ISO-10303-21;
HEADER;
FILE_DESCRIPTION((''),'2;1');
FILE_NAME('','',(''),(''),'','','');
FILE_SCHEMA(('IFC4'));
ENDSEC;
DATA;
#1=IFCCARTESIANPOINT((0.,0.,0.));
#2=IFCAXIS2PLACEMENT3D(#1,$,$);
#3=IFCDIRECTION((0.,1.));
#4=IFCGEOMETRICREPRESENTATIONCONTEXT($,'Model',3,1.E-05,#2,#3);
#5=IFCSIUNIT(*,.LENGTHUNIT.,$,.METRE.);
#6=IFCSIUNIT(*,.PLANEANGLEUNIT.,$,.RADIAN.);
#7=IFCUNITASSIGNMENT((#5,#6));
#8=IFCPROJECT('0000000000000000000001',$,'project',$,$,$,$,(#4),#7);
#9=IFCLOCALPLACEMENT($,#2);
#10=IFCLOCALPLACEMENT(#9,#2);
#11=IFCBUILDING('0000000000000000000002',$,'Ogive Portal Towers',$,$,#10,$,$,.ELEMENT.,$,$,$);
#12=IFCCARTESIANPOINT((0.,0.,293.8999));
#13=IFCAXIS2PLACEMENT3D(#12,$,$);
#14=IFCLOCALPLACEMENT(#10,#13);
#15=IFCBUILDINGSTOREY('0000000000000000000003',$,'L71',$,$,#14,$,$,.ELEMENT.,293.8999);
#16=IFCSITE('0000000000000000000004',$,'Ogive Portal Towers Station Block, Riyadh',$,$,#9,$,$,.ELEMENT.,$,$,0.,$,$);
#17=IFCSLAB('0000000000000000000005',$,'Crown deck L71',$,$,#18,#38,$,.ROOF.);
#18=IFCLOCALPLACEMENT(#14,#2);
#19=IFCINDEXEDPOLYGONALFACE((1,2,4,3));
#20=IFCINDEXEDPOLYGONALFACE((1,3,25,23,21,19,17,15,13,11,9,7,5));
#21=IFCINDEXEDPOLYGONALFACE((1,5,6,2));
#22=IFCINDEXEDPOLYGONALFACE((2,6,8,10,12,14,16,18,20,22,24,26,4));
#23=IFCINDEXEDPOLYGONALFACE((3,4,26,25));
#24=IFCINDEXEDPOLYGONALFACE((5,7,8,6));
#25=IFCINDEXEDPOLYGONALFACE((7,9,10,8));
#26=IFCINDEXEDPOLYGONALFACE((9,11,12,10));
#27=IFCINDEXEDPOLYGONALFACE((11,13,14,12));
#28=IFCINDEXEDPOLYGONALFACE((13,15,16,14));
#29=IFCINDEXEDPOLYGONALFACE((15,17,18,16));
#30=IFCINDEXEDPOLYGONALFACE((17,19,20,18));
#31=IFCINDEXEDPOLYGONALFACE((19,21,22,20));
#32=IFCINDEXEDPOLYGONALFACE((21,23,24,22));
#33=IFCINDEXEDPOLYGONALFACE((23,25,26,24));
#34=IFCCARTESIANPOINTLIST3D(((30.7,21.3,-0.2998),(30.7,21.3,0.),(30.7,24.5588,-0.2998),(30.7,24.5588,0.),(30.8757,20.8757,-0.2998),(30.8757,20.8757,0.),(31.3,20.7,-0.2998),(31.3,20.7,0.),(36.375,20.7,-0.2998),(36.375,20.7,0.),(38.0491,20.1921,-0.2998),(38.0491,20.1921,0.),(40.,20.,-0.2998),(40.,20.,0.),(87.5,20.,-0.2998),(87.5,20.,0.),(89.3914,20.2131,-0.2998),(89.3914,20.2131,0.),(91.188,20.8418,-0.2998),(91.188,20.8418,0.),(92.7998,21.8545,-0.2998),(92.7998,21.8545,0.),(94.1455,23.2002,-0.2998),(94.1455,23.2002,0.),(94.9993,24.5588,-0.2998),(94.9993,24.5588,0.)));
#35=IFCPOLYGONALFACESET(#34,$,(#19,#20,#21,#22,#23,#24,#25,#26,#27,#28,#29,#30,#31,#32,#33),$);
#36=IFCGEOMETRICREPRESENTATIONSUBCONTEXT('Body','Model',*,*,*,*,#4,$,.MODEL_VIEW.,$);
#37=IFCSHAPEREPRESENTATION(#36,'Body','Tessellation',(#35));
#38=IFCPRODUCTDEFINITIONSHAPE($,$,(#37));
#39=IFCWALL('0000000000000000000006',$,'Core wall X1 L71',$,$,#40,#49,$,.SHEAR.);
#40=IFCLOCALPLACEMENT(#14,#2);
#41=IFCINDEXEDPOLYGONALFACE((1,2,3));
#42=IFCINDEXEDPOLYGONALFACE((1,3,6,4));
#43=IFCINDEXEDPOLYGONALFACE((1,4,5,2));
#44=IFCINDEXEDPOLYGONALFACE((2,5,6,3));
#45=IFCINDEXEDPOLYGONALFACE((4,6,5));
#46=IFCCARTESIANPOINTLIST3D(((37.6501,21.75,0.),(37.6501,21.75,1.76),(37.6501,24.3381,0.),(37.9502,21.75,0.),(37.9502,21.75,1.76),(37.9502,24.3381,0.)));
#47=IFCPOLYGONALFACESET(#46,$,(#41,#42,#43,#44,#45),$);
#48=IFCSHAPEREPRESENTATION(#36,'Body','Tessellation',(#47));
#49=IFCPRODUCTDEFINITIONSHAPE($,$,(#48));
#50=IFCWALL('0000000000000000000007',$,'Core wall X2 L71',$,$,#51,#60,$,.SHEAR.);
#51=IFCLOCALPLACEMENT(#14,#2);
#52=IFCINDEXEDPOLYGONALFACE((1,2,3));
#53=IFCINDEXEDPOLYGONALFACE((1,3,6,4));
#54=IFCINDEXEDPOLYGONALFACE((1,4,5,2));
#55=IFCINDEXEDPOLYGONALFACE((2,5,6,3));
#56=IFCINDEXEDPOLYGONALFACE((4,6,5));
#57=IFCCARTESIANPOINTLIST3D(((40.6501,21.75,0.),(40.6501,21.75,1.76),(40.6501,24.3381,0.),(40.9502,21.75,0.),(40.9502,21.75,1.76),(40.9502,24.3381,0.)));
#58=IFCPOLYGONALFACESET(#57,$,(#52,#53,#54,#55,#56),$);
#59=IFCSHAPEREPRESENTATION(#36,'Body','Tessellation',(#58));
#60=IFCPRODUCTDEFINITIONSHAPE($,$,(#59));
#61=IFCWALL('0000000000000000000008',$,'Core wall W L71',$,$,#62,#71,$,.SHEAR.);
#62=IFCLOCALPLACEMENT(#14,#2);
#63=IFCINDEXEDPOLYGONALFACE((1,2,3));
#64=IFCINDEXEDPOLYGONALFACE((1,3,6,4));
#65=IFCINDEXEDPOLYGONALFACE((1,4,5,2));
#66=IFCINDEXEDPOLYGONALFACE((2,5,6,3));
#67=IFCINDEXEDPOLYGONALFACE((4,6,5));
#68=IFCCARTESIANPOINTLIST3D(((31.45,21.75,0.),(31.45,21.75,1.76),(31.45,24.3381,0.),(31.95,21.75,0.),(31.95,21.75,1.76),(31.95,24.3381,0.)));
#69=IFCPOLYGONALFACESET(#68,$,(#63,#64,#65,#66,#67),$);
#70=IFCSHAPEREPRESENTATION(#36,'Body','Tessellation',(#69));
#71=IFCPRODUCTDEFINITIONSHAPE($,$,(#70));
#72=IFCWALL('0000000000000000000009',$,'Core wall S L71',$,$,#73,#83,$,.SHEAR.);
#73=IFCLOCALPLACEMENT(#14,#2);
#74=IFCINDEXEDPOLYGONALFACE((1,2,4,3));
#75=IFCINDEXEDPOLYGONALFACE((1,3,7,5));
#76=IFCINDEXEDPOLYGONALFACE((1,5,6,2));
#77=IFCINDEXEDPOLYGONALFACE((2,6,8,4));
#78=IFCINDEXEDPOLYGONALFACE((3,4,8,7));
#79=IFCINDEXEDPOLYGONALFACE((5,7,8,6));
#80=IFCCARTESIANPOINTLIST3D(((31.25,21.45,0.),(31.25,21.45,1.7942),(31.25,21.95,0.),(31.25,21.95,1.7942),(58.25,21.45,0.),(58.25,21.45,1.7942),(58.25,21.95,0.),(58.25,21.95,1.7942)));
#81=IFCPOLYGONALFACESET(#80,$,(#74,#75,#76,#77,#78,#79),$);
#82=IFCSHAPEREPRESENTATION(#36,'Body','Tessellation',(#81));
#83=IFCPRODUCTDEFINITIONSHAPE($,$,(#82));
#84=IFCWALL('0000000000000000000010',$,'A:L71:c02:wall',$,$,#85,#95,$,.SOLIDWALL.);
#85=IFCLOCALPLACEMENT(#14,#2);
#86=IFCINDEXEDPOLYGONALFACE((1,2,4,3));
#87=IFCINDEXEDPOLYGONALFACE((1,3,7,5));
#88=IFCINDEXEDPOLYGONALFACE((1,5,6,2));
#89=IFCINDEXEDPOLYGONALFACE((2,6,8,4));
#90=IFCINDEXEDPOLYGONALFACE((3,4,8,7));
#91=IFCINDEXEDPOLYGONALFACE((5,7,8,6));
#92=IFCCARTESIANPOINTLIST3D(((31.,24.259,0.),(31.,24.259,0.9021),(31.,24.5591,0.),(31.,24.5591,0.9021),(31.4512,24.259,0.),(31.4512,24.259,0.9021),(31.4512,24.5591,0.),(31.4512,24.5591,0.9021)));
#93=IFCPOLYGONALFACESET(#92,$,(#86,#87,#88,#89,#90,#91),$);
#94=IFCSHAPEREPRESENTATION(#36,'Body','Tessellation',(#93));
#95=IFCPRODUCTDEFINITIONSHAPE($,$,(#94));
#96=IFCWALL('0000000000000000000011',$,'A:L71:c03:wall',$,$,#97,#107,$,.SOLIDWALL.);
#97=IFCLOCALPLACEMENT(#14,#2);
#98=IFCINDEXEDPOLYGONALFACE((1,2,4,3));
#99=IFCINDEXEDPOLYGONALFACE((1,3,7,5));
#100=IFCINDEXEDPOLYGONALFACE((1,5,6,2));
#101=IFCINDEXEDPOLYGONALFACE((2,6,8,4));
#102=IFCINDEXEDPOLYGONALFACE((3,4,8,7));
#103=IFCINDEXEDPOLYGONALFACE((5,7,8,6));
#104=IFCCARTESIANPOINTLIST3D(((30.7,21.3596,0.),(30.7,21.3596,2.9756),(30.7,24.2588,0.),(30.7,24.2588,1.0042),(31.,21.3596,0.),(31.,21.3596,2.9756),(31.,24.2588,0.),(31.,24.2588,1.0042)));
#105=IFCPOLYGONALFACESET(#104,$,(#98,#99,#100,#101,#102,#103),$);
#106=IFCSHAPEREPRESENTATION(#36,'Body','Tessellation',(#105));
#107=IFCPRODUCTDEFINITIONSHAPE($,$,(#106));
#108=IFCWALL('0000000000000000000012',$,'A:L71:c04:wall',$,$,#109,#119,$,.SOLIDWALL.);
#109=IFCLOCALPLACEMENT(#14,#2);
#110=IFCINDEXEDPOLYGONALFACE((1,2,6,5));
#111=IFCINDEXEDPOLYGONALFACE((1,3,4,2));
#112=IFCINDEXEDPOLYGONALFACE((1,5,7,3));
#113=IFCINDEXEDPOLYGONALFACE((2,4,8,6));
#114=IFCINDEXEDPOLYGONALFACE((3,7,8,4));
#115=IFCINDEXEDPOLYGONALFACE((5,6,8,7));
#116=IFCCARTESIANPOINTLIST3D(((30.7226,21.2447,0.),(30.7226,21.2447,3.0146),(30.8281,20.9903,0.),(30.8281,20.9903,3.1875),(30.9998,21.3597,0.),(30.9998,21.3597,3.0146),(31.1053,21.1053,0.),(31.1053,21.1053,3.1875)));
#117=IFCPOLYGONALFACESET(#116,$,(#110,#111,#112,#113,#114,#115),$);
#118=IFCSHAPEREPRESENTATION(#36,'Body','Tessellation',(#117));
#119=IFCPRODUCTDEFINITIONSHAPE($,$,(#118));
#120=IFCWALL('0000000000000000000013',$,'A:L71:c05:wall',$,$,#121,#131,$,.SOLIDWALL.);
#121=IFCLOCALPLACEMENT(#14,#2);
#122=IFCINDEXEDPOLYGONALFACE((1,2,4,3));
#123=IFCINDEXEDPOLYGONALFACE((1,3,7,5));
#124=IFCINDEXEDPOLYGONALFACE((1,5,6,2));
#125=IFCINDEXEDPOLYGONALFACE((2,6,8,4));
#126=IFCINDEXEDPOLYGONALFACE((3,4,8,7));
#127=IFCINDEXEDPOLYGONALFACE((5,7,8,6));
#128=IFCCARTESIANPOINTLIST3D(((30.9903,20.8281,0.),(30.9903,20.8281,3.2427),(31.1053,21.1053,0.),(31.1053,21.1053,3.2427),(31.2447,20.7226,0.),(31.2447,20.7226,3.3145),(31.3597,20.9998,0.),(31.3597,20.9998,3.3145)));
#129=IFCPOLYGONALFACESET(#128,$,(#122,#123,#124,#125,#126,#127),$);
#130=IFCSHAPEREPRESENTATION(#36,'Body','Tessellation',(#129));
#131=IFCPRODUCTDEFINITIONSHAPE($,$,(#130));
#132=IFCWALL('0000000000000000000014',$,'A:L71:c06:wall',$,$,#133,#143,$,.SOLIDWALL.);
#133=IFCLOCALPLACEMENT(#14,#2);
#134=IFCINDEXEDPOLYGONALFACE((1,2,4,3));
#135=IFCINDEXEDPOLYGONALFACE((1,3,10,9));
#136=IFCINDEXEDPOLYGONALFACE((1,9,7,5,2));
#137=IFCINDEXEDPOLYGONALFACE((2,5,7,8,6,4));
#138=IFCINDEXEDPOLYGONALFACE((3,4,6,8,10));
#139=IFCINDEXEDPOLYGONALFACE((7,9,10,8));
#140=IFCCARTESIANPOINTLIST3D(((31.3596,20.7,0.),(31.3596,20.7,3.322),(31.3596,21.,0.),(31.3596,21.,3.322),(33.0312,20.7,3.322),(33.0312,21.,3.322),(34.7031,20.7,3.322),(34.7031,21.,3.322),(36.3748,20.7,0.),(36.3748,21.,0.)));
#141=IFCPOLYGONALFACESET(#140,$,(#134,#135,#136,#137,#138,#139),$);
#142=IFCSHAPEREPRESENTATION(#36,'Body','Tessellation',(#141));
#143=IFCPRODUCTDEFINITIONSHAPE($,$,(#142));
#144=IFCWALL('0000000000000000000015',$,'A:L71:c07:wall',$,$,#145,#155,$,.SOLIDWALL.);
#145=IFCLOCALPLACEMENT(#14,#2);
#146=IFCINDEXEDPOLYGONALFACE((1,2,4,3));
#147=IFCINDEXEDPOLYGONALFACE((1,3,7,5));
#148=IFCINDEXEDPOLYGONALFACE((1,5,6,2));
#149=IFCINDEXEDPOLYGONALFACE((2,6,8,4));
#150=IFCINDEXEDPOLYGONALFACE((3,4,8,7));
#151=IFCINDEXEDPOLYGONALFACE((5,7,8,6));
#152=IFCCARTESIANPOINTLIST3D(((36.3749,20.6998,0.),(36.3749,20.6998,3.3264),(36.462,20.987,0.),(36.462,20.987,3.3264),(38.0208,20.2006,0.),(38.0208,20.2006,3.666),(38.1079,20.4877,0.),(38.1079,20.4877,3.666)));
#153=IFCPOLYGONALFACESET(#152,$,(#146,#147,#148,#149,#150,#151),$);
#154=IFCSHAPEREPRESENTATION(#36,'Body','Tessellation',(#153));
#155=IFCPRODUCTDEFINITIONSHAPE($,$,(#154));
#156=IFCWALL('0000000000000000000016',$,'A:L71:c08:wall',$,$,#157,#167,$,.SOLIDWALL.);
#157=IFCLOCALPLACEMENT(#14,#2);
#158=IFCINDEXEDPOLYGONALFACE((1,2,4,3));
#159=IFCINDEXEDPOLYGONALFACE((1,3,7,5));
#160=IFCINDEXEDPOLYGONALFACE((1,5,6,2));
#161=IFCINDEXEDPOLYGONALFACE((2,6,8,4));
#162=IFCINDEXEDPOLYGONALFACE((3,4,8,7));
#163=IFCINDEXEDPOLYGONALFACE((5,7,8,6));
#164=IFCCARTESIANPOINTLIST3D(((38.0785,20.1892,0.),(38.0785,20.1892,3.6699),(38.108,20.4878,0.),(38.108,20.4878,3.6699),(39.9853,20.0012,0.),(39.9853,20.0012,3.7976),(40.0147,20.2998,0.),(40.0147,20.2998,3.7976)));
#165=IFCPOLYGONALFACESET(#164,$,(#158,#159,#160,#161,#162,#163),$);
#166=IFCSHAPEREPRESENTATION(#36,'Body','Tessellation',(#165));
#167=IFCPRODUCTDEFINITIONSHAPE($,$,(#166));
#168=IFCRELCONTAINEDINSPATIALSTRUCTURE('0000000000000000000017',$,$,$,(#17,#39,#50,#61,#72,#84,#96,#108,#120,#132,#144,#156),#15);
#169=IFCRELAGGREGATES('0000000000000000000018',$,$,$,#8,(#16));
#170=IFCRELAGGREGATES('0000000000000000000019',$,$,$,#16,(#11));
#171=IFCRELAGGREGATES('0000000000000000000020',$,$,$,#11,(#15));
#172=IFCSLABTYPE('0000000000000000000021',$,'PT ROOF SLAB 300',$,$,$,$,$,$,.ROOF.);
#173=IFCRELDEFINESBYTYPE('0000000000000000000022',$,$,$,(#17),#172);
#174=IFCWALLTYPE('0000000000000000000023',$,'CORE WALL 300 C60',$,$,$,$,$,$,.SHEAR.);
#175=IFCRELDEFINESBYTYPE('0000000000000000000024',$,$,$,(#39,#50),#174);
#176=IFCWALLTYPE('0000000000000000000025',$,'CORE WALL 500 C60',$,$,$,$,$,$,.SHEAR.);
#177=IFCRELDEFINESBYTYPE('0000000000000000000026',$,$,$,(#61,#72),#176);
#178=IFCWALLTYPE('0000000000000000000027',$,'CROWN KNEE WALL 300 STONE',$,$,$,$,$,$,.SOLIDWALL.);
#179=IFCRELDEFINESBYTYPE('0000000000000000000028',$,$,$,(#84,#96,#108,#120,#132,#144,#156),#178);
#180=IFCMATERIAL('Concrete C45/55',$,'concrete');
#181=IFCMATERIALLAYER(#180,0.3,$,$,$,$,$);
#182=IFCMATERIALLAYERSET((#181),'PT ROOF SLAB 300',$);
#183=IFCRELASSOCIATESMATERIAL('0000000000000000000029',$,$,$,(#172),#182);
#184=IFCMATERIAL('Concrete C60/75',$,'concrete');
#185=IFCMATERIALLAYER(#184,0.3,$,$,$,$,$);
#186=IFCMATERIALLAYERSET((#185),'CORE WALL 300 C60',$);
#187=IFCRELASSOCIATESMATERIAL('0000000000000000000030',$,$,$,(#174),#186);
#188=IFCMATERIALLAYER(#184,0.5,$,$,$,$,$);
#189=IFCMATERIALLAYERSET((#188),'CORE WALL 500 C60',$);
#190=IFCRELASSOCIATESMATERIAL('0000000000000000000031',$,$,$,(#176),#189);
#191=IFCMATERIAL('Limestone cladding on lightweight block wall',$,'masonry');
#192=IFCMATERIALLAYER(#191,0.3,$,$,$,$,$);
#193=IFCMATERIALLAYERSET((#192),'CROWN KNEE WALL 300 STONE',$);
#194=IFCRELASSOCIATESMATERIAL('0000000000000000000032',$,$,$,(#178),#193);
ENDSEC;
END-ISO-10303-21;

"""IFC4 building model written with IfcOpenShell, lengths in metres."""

from ifc_helpers import new_model, si_unit, direction, frame, frame_2d, origin, place, context, subcontext, project, spatial, polyline, rectangle, outline, extrude, material, layer, layer_set, type_object, element, save


model = new_model("IFC4")

# Units and contexts
model_context = context("Model", 3, precision=1e-05, world=origin(), true_north=direction((0.0, 1.0)))
body_context = subcontext(model_context, "Body", "Model", "MODEL_VIEW")
ifc_project = project(units=[si_unit("LENGTHUNIT", "METRE"), si_unit("PLANEANGLEUNIT", "RADIAN")], contexts=[model_context])

# Site, building, storey
site_placement = place(None, origin())
site = spatial("IfcSite", under=ifc_project, at=site_placement, Name="Ogive Portal Towers Station Block, Riyadh", CompositionType="ELEMENT", RefElevation=0.0)
building_placement = place(site_placement, origin())
building = spatial("IfcBuilding", under=site, at=building_placement, Name="Ogive Portal Towers", CompositionType="ELEMENT")
storey_placement = place(building_placement, frame((0.0, 0.0, 293.8999)))
storey = spatial("IfcBuildingStorey", under=building, at=storey_placement, Name="L71", CompositionType="ELEMENT", Elevation=293.8999)

# Slab
ifc_material_1 = material(Name="Concrete C45/55", Category="concrete")
ifc_layer_1 = layer(ifc_material_1, 0.3)
ifc_layer_set_1 = layer_set([ifc_layer_1], Name="PT ROOF SLAB 300")
slab_type = type_object("IfcSlabType", Name="PT ROOF SLAB 300", PredefinedType="ROOF", material=ifc_layer_set_1)
slab_placement = place(storey_placement, frame((0.0, 0.0, -0.2998)))
element("IfcSlab", 1, at=slab_placement, inside=storey, type_object=slab_type, Name="Crown deck L71", PredefinedType="ROOF", context=body_context, shape_type="SweptSolid", body=[
    extrude(outline(polyline([(92.7998, 21.8545), (94.1455, 23.2002), (94.9993, 24.5588), (30.7, 24.5588), (30.7, 21.3), (30.8757, 20.8757), (31.3, 20.7), (36.375, 20.7), (38.0491, 20.1921), (40.0, 20.0), (87.5, 20.0), (89.3914, 20.2131), (91.188, 20.8418), (92.7998, 21.8545)])), origin(), (0.0, 0.0, 1.0), 0.2998),
])

# Walls
ifc_material_2 = material(Name="Concrete C60/75", Category="concrete")
ifc_layer_2 = layer(ifc_material_2, 0.3)
ifc_layer_set_2 = layer_set([ifc_layer_2], Name="CORE WALL 300 C60")
wall_type_1 = type_object("IfcWallType", Name="CORE WALL 300 C60", PredefinedType="SHEAR", material=ifc_layer_set_2)
for number, where, z_axis, x_axis, name in (
    (2, (37.8, 21.75, 0.0), (0.0, 0.0, 1.0), (0.0, 1.0, 0.0), "Core wall X1 L71"),
    (3, (40.8, 21.75, 0.0), (0.0, 0.0, 1.0), (0.0, 1.0, 0.0), "Core wall X2 L71"),
):
    element("IfcWall", number, at=place(storey_placement, frame(where, z_axis=z_axis, x_axis=x_axis)), inside=storey, type_object=wall_type_1, Name=name, PredefinedType="SHEAR", context=body_context, shape_type="SweptSolid", body=[
        extrude(outline(polyline([(0.0, 0.0), (8.75, 0.0), (2.5881, 0.0), (0.0, 1.76), (0.0, 0.0)])), frame((0.0, 0.1499, 0.0), z_axis=(0.0, -1.0, 0.0), x_axis=(1.0, 0.0, 0.0)), (0.0, 0.0, 1.0), 0.3),
    ])
ifc_layer_3 = layer(ifc_material_2, 0.5)
ifc_layer_set_3 = layer_set([ifc_layer_3], Name="CORE WALL 500 C60")
wall_type_2 = type_object("IfcWallType", Name="CORE WALL 500 C60", PredefinedType="SHEAR", material=ifc_layer_set_3)
wall_1_placement = place(storey_placement, frame((31.7, 21.75, 0.0), z_axis=(0.0, 0.0, 1.0), x_axis=(0.0, 1.0, 0.0)))
element("IfcWall", 4, at=wall_1_placement, inside=storey, type_object=wall_type_2, Name="Core wall W L71", PredefinedType="SHEAR", context=body_context, shape_type="SweptSolid", body=[
    extrude(outline(polyline([(0.0, 0.0), (17.5, 0.0), (2.5881, 0.0), (0.0, 1.76), (0.0, 0.0)])), frame((0.0, 0.25, 0.0), z_axis=(0.0, -1.0, 0.0), x_axis=(1.0, 0.0, 0.0)), (0.0, 0.0, 1.0), 0.5),
])
wall_2_placement = place(storey_placement, frame((31.25, 21.7, 0.0), z_axis=(0.0, 0.0, 1.0), x_axis=(1.0, 0.0, 0.0)))
element("IfcWall", 5, at=wall_2_placement, inside=storey, type_object=wall_type_2, Name="Core wall S L71", PredefinedType="SHEAR", context=body_context, shape_type="SweptSolid", body=[
    extrude(rectangle(XDim=27.0, YDim=0.5, at=frame_2d((13.5, 0.0))), origin(), (0.0, 0.0, 1.0), 1.7942),
])
ifc_material_3 = material(Name="Limestone cladding on lightweight block wall", Category="masonry")
ifc_layer_4 = layer(ifc_material_3, 0.3)
ifc_layer_set_4 = layer_set([ifc_layer_4], Name="CROWN KNEE WALL 300 STONE")
wall_type_3 = type_object("IfcWallType", Name="CROWN KNEE WALL 300 STONE", PredefinedType="SOLIDWALL", material=ifc_layer_set_4)
wall_3_placement = place(storey_placement, frame((31.4512, 24.4089, 0.0), z_axis=(0.0, 0.0, 1.0), x_axis=(-1.0, 0.0, 0.0)))
element("IfcWall", 6, at=wall_3_placement, inside=storey, type_object=wall_type_3, Name="A:L71:c02:wall", PredefinedType="SOLIDWALL", context=body_context, shape_type="SweptSolid", body=[
    extrude(outline(polyline([(0.0, 0.0), (0.4512, 0.0), (0.4512, 0.9021), (0.0, 0.9021), (0.0, 0.0)])), frame((0.0, 0.1499, 0.0), z_axis=(0.0, -1.0, 0.0), x_axis=(1.0, 0.0, 0.0)), (0.0, 0.0, 1.0), 0.3),
])
wall_4_placement = place(storey_placement, frame((30.8501, 24.2588, 0.0), z_axis=(0.0, 0.0, 1.0), x_axis=(0.0, -1.0, 0.0)))
element("IfcWall", 7, at=wall_4_placement, inside=storey, type_object=wall_type_3, Name="A:L71:c03:wall", PredefinedType="SOLIDWALL", context=body_context, shape_type="SweptSolid", body=[
    extrude(outline(polyline([(0.0, 0.0), (2.8992, 0.0), (2.8992, 2.9756), (0.0, 1.0042), (0.0, 0.0)])), frame((0.0, 0.1499, 0.0), z_axis=(0.0, -1.0, 0.0), x_axis=(1.0, 0.0, 0.0)), (0.0, 0.0, 1.0), 0.3),
])
wall_5_placement = place(storey_placement, frame((30.8613, 21.3022, 0.0), z_axis=(0.0, 0.0, 1.0), x_axis=(0.382978, -0.923757, 0.0)))
element("IfcWall", 8, at=wall_5_placement, inside=storey, type_object=wall_type_3, Name="A:L71:c04:wall", PredefinedType="SOLIDWALL", context=body_context, shape_type="SweptSolid", body=[
    extrude(outline(polyline([(0.0, 0.0), (0.2754, 0.0), (0.2754, 3.1875), (0.0, 3.0146), (0.0, 0.0)])), frame((0.0, 0.1499, 0.0), z_axis=(0.0, -1.0, 0.0), x_axis=(1.0, 0.0, 0.0)), (0.0, 0.0, 1.0), 0.3),
])
wall_6_placement = place(storey_placement, frame((31.0479, 20.9668, 0.0), z_axis=(0.0, 0.0, 1.0), x_axis=(0.923757, -0.382978, 0.0)))
element("IfcWall", 9, at=wall_6_placement, inside=storey, type_object=wall_type_3, Name="A:L71:c05:wall", PredefinedType="SOLIDWALL", context=body_context, shape_type="SweptSolid", body=[
    extrude(outline(polyline([(0.0, 0.0), (0.2754, 0.0), (0.2754, 3.3145), (0.0, 3.2427), (0.0, 0.0)])), frame((0.0, 0.1499, 0.0), z_axis=(0.0, -1.0, 0.0), x_axis=(1.0, 0.0, 0.0)), (0.0, 0.0, 1.0), 0.3),
])
wall_7_placement = place(storey_placement, frame((31.3596, 20.8501, 0.0), z_axis=(0.0, 0.0, 1.0), x_axis=(1.0, 0.0, 0.0)))
element("IfcWall", 10, at=wall_7_placement, inside=storey, type_object=wall_type_3, Name="A:L71:c06:wall", PredefinedType="SOLIDWALL", context=body_context, shape_type="SweptSolid", body=[
    extrude(outline(polyline([(0.0, 0.0), (5.0154, 0.0), (5.0151, 3.322), (5.0151, 0.0), (3.3435, 3.322), (1.6716, 3.322), (0.0, 3.322), (0.0, 0.0)])), frame((0.0, 0.1499, 0.0), z_axis=(0.0, -1.0, 0.0), x_axis=(1.0, 0.0, 0.0)), (0.0, 0.0, 1.0), 0.3),
])
wall_8_placement = place(storey_placement, frame((36.4185, 20.8435, 0.0), z_axis=(0.0, 0.0, 1.0), x_axis=(0.956947, -0.290263, 0.0)))
element("IfcWall", 11, at=wall_8_placement, inside=storey, type_object=wall_type_3, Name="A:L71:c07:wall", PredefinedType="SOLIDWALL", context=body_context, shape_type="SweptSolid", body=[
    extrude(outline(polyline([(0.0, 0.0), (1.72, 0.0), (1.72, 3.666), (0.0, 3.3264), (0.0, 0.0)])), frame((0.0, 0.1499, 0.0), z_axis=(0.0, -1.0, 0.0), x_axis=(1.0, 0.0, 0.0)), (0.0, 0.0, 1.0), 0.3),
])
wall_9_placement = place(storey_placement, frame((38.0933, 20.3386, 0.0), z_axis=(0.0, 0.0, 1.0), x_axis=(0.995175, -0.098116, 0.0)))
element("IfcWall", 12, at=wall_9_placement, inside=storey, type_object=wall_type_3, Name="A:L71:c08:wall", PredefinedType="SOLIDWALL", context=body_context, shape_type="SweptSolid", body=[
    extrude(outline(polyline([(0.0, 0.0), (1.916, 0.0), (1.916, 3.7976), (0.0, 3.6699), (0.0, 0.0)])), frame((0.0, 0.1499, 0.0), z_axis=(0.0, -1.0, 0.0), x_axis=(1.0, 0.0, 0.0)), (0.0, 0.0, 1.0), 0.3),
])

save(model, "model.ifc")
